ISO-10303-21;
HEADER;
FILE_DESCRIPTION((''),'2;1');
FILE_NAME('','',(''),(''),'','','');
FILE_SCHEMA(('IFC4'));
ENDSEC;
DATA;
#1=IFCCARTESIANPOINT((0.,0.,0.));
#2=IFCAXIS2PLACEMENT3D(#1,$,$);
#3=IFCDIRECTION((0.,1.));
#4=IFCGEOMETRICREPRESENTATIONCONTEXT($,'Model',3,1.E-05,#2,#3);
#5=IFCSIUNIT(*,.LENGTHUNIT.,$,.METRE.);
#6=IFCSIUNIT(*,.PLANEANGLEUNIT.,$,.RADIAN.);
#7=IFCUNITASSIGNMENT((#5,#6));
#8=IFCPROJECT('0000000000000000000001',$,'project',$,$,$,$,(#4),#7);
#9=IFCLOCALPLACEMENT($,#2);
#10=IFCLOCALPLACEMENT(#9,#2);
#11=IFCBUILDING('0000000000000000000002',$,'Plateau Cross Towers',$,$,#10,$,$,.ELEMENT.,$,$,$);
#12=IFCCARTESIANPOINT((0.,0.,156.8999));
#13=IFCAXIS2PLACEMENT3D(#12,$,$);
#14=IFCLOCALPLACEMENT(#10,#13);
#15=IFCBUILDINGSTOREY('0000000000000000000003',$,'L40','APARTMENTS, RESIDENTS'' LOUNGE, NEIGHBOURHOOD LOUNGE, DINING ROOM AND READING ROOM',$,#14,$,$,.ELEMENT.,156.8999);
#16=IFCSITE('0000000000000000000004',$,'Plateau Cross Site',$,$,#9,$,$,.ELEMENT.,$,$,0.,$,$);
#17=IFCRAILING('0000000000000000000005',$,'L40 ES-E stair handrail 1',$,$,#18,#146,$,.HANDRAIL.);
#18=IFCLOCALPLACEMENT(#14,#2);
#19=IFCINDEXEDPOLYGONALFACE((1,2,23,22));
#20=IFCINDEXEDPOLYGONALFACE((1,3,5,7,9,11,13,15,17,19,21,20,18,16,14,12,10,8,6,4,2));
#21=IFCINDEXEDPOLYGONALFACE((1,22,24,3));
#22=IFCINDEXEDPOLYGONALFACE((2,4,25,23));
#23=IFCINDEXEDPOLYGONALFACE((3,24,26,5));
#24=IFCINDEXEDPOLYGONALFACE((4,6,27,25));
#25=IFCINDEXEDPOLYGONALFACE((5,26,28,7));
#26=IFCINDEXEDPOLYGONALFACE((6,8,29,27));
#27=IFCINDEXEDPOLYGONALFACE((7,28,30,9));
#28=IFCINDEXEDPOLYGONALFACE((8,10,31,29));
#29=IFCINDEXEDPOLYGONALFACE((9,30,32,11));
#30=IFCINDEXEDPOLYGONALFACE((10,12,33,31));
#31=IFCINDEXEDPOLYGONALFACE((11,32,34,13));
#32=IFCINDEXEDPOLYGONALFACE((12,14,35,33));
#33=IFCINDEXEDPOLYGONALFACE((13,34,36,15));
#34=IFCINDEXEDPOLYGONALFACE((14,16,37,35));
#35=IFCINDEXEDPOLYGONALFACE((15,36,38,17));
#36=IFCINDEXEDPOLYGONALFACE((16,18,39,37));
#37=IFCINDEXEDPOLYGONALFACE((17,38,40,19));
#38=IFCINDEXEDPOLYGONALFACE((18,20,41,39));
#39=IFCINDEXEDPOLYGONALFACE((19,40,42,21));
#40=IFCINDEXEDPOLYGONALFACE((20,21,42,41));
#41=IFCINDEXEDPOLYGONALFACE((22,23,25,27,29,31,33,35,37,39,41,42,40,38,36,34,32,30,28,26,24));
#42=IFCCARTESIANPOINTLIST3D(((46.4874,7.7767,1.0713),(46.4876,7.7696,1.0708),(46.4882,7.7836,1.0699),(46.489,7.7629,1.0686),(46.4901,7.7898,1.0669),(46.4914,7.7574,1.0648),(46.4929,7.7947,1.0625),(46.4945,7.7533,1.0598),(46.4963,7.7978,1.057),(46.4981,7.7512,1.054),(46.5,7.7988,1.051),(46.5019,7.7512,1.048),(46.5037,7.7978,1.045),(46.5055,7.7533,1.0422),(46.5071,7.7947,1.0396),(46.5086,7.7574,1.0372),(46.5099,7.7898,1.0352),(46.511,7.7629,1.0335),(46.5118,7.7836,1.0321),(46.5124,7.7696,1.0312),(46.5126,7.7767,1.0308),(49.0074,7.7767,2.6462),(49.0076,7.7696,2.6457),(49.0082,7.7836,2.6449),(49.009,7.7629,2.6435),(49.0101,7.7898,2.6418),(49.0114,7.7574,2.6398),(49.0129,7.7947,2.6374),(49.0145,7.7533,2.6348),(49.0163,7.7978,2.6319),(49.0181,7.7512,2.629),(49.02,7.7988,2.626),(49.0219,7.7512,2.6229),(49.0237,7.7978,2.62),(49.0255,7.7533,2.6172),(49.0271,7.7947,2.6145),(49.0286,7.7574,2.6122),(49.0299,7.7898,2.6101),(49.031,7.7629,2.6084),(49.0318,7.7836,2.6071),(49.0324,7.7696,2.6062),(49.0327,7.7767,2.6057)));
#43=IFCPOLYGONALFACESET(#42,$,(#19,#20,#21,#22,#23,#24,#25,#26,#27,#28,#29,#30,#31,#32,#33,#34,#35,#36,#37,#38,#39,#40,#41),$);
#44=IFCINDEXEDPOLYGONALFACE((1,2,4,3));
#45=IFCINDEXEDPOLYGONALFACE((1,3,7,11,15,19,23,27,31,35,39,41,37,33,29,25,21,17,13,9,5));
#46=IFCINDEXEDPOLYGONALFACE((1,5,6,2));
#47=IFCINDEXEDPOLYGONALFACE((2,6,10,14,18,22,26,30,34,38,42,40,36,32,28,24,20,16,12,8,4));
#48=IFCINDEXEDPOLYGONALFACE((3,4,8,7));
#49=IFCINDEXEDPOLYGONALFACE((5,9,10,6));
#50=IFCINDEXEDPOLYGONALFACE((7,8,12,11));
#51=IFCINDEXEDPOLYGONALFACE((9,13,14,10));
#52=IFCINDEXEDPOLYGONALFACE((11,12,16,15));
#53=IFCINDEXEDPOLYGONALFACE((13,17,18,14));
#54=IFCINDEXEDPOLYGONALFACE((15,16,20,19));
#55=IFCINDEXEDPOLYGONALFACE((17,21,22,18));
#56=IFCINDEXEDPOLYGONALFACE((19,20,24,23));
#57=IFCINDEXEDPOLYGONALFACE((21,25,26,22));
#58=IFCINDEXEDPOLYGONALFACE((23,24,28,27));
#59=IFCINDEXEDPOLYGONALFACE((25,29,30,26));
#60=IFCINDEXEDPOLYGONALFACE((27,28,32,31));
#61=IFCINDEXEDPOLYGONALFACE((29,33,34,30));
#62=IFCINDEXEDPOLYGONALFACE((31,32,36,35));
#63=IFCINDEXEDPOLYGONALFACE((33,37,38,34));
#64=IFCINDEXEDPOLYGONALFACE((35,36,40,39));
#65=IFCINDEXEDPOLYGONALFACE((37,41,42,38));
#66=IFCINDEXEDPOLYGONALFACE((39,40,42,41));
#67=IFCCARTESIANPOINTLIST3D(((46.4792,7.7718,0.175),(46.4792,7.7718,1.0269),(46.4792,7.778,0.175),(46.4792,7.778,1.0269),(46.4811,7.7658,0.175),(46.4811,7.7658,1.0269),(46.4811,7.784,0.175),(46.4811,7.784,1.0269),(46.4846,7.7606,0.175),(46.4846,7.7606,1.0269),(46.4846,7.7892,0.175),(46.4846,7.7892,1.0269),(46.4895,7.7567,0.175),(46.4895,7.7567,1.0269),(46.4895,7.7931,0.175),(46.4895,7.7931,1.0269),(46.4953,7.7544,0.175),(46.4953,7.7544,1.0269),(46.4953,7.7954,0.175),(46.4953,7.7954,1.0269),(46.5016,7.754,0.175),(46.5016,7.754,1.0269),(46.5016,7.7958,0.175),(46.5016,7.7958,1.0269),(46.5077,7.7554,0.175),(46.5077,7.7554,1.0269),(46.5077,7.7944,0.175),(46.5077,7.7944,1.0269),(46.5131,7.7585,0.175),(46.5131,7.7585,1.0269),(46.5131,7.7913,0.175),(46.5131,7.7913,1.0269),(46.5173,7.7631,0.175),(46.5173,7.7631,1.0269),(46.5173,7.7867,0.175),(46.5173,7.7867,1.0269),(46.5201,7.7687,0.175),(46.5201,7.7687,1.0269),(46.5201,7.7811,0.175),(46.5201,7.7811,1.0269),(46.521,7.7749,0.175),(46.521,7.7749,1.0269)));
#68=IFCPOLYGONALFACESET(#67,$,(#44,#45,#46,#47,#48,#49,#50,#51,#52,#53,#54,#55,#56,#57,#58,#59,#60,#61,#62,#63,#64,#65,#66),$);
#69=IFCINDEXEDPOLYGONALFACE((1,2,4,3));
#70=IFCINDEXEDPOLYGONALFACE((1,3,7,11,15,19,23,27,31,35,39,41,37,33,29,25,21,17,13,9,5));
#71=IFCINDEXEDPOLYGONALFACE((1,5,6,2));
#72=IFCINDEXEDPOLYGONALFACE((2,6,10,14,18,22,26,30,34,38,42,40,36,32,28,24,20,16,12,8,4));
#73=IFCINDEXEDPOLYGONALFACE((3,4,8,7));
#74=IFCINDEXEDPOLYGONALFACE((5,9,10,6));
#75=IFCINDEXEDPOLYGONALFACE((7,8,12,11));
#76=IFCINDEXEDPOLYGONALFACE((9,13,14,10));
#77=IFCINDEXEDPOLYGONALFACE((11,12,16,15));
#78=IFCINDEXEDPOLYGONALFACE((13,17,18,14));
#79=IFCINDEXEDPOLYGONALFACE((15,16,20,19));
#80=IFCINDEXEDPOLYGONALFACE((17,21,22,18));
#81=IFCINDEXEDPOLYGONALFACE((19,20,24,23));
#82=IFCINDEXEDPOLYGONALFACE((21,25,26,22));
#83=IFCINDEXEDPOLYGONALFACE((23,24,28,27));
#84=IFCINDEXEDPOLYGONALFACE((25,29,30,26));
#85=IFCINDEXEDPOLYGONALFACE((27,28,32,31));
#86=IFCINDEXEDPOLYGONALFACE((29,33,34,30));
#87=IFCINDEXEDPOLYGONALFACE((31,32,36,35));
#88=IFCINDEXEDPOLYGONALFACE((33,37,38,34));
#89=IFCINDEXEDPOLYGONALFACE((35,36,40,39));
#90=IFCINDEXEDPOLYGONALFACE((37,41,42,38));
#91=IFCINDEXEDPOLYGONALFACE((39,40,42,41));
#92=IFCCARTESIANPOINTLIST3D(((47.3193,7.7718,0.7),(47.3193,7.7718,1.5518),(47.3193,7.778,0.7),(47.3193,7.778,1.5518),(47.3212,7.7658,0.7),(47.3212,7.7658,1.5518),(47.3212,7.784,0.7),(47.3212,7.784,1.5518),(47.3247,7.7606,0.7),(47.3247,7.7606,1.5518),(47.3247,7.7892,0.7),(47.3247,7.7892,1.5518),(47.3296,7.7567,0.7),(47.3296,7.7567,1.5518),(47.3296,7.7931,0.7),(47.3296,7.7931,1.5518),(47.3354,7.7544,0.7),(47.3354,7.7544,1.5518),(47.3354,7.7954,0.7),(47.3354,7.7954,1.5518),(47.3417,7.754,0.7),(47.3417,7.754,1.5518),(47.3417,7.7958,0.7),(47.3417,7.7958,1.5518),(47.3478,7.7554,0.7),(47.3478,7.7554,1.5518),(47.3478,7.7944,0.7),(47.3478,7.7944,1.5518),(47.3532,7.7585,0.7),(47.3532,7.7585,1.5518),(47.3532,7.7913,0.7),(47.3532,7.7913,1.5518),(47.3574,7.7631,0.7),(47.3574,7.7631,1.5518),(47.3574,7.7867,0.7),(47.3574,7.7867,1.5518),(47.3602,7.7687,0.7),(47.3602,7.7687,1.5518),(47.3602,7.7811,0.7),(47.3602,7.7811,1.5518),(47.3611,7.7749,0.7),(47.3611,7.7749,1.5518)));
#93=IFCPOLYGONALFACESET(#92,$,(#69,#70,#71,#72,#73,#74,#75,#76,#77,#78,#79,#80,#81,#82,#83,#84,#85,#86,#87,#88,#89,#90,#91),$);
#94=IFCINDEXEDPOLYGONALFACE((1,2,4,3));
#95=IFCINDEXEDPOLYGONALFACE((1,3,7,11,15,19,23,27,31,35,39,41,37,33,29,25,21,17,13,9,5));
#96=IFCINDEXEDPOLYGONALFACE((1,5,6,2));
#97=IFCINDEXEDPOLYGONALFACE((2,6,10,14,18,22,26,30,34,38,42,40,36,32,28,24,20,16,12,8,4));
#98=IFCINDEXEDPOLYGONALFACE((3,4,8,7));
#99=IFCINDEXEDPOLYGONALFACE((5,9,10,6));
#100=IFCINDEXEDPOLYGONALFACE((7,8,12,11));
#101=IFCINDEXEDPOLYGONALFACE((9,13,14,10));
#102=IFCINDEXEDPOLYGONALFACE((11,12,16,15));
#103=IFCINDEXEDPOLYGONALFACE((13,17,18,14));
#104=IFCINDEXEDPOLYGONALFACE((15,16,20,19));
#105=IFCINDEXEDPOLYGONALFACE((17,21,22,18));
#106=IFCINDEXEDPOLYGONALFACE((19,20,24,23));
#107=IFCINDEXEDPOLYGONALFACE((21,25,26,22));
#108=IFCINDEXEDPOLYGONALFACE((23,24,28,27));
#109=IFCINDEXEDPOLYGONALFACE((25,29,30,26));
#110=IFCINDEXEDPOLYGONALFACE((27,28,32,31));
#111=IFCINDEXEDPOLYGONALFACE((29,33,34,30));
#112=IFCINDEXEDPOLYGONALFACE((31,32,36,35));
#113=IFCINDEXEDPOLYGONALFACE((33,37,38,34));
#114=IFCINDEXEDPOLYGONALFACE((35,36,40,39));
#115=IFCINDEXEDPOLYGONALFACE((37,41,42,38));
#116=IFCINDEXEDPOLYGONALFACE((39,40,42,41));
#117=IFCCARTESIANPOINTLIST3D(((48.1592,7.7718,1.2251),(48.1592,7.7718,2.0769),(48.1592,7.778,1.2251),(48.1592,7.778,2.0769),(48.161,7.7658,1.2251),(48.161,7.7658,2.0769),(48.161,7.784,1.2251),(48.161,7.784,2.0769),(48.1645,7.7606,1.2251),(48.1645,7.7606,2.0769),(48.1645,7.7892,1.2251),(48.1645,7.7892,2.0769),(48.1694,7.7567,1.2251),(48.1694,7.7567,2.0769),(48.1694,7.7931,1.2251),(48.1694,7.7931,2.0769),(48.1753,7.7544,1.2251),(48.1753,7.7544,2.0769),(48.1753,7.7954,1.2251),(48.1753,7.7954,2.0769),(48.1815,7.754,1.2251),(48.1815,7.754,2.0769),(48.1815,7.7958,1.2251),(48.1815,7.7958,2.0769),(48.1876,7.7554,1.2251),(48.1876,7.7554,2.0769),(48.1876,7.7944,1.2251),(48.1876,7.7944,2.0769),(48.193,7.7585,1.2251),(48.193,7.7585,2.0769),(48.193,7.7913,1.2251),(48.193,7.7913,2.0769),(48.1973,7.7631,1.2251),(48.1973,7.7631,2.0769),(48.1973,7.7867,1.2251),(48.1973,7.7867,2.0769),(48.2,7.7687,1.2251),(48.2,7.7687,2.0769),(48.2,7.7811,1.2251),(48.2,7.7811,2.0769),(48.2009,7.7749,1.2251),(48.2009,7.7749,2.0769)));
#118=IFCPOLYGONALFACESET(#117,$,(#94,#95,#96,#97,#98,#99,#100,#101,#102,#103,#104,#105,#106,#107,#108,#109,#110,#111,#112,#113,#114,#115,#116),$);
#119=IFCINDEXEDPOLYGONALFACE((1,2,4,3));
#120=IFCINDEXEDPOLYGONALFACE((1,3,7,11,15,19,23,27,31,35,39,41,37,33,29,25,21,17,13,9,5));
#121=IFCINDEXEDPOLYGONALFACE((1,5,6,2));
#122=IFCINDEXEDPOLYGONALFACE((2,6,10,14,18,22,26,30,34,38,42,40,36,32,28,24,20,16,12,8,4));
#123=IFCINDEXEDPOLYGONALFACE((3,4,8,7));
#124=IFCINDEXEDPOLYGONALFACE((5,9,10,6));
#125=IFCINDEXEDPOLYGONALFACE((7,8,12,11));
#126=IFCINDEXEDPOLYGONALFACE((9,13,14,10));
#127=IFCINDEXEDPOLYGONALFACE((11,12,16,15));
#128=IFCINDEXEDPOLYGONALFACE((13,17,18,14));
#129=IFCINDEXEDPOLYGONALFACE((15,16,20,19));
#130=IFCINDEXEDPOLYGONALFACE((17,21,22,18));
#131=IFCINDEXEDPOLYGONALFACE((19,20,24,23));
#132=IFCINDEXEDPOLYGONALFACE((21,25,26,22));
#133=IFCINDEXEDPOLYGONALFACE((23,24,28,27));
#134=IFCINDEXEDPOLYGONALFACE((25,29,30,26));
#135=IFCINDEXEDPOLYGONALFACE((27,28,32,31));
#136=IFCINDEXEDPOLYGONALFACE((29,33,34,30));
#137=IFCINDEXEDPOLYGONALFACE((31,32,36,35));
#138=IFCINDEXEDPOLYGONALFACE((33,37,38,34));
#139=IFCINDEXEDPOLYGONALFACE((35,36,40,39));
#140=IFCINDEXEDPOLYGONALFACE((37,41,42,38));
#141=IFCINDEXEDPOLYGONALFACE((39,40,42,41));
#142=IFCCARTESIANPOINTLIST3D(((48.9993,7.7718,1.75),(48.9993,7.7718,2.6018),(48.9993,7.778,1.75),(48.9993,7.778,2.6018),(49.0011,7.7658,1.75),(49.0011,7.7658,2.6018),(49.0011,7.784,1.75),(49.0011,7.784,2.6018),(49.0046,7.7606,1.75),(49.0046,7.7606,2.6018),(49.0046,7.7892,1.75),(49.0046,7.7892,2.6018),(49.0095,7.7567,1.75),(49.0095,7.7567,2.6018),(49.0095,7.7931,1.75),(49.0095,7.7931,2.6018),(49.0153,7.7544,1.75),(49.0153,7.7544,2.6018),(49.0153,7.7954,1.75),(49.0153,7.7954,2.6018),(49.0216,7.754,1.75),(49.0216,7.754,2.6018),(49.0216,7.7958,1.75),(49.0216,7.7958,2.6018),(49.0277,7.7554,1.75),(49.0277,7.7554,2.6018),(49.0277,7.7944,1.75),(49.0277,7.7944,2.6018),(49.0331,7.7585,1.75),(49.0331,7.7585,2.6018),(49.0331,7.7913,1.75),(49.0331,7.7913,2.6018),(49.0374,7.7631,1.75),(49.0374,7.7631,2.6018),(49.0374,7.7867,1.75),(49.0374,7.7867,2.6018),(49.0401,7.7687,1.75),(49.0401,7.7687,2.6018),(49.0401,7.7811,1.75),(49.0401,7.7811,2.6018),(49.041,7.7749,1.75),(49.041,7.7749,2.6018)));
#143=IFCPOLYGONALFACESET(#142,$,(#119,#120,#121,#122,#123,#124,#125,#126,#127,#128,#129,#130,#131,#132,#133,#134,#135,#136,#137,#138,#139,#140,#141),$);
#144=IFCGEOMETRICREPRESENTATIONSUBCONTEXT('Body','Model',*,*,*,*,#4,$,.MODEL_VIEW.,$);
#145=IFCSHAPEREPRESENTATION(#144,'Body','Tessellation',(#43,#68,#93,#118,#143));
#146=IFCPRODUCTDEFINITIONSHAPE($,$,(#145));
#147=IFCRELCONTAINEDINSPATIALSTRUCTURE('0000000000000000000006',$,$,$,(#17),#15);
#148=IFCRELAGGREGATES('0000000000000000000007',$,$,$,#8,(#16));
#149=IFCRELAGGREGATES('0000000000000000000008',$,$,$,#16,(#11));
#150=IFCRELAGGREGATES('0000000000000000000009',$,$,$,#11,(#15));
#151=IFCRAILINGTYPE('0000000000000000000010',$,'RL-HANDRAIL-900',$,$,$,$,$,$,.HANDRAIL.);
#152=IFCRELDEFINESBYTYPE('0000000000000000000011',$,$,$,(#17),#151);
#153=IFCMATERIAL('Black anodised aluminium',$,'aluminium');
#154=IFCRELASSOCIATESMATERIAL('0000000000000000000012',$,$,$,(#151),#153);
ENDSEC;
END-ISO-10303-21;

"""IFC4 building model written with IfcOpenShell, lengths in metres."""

from ifc_helpers import new_model, si_unit, direction, frame, origin, origin_2d, place, context, subcontext, project, spatial, circle, extrude, material, type_object, element, save


model = new_model("IFC4")

# Units and contexts
model_context = context("Model", 3, precision=1e-05, world=origin(), true_north=direction((0.0, 1.0)))
body_context = subcontext(model_context, "Body", "Model", "MODEL_VIEW")
ifc_project = project(units=[si_unit("LENGTHUNIT", "METRE"), si_unit("PLANEANGLEUNIT", "RADIAN")], contexts=[model_context])

# Site, building, storey
site_placement = place(None, origin())
site = spatial("IfcSite", under=ifc_project, at=site_placement, Name="Plateau Cross Site", CompositionType="ELEMENT", RefElevation=0.0)
building_placement = place(site_placement, origin())
building = spatial("IfcBuilding", under=site, at=building_placement, Name="Plateau Cross Towers", CompositionType="ELEMENT")
storey_placement = place(building_placement, frame((0.0, 0.0, 156.8999)))
storey = spatial("IfcBuildingStorey", under=building, at=storey_placement, Name="L40", Description="APARTMENTS, RESIDENTS' LOUNGE, NEIGHBOURHOOD LOUNGE, DINING ROOM AND READING ROOM", CompositionType="ELEMENT", Elevation=156.8999)

# Shared definitions
ifc_material_1 = material(Name="Black anodised aluminium", Category="aluminium")

# Railing
railing_type_1 = type_object("IfcRailingType", Name="RL-HANDRAIL-900", PredefinedType="HANDRAIL", material=ifc_material_1)
railing_1_placement = place(storey_placement, frame((46.5, 7.7749, 0.175)))
element("IfcRailing", 1, at=railing_1_placement, inside=storey, type_object=railing_type_1, Name="L40 ES-E stair handrail 1", PredefinedType="HANDRAIL", context=body_context, shape_type="SweptSolid", body=[
    extrude(circle(Radius=0.0239, at=origin_2d()), frame((0.0, 0.0, 0.876), z_axis=(0.848008, 0.0, 0.529984), x_axis=(0.0, 1.0, 0.0)), (0.0, 0.0, 1.0), 2.9717),
    extrude(circle(Radius=0.021, at=origin_2d()), origin(), (0.0, 0.0, 1.0), 0.8518),
    extrude(circle(Radius=0.021, at=origin_2d()), frame((0.8401, 0.0, 0.5249)), (0.0, 0.0, 1.0), 0.8518),
    extrude(circle(Radius=0.021, at=origin_2d()), frame((1.6799, 0.0, 1.05)), (0.0, 0.0, 1.0), 0.8518),
    extrude(circle(Radius=0.021, at=origin_2d()), frame((2.52, 0.0, 1.575)), (0.0, 0.0, 1.0), 0.8518),
])

save(model, "model.ifc")
